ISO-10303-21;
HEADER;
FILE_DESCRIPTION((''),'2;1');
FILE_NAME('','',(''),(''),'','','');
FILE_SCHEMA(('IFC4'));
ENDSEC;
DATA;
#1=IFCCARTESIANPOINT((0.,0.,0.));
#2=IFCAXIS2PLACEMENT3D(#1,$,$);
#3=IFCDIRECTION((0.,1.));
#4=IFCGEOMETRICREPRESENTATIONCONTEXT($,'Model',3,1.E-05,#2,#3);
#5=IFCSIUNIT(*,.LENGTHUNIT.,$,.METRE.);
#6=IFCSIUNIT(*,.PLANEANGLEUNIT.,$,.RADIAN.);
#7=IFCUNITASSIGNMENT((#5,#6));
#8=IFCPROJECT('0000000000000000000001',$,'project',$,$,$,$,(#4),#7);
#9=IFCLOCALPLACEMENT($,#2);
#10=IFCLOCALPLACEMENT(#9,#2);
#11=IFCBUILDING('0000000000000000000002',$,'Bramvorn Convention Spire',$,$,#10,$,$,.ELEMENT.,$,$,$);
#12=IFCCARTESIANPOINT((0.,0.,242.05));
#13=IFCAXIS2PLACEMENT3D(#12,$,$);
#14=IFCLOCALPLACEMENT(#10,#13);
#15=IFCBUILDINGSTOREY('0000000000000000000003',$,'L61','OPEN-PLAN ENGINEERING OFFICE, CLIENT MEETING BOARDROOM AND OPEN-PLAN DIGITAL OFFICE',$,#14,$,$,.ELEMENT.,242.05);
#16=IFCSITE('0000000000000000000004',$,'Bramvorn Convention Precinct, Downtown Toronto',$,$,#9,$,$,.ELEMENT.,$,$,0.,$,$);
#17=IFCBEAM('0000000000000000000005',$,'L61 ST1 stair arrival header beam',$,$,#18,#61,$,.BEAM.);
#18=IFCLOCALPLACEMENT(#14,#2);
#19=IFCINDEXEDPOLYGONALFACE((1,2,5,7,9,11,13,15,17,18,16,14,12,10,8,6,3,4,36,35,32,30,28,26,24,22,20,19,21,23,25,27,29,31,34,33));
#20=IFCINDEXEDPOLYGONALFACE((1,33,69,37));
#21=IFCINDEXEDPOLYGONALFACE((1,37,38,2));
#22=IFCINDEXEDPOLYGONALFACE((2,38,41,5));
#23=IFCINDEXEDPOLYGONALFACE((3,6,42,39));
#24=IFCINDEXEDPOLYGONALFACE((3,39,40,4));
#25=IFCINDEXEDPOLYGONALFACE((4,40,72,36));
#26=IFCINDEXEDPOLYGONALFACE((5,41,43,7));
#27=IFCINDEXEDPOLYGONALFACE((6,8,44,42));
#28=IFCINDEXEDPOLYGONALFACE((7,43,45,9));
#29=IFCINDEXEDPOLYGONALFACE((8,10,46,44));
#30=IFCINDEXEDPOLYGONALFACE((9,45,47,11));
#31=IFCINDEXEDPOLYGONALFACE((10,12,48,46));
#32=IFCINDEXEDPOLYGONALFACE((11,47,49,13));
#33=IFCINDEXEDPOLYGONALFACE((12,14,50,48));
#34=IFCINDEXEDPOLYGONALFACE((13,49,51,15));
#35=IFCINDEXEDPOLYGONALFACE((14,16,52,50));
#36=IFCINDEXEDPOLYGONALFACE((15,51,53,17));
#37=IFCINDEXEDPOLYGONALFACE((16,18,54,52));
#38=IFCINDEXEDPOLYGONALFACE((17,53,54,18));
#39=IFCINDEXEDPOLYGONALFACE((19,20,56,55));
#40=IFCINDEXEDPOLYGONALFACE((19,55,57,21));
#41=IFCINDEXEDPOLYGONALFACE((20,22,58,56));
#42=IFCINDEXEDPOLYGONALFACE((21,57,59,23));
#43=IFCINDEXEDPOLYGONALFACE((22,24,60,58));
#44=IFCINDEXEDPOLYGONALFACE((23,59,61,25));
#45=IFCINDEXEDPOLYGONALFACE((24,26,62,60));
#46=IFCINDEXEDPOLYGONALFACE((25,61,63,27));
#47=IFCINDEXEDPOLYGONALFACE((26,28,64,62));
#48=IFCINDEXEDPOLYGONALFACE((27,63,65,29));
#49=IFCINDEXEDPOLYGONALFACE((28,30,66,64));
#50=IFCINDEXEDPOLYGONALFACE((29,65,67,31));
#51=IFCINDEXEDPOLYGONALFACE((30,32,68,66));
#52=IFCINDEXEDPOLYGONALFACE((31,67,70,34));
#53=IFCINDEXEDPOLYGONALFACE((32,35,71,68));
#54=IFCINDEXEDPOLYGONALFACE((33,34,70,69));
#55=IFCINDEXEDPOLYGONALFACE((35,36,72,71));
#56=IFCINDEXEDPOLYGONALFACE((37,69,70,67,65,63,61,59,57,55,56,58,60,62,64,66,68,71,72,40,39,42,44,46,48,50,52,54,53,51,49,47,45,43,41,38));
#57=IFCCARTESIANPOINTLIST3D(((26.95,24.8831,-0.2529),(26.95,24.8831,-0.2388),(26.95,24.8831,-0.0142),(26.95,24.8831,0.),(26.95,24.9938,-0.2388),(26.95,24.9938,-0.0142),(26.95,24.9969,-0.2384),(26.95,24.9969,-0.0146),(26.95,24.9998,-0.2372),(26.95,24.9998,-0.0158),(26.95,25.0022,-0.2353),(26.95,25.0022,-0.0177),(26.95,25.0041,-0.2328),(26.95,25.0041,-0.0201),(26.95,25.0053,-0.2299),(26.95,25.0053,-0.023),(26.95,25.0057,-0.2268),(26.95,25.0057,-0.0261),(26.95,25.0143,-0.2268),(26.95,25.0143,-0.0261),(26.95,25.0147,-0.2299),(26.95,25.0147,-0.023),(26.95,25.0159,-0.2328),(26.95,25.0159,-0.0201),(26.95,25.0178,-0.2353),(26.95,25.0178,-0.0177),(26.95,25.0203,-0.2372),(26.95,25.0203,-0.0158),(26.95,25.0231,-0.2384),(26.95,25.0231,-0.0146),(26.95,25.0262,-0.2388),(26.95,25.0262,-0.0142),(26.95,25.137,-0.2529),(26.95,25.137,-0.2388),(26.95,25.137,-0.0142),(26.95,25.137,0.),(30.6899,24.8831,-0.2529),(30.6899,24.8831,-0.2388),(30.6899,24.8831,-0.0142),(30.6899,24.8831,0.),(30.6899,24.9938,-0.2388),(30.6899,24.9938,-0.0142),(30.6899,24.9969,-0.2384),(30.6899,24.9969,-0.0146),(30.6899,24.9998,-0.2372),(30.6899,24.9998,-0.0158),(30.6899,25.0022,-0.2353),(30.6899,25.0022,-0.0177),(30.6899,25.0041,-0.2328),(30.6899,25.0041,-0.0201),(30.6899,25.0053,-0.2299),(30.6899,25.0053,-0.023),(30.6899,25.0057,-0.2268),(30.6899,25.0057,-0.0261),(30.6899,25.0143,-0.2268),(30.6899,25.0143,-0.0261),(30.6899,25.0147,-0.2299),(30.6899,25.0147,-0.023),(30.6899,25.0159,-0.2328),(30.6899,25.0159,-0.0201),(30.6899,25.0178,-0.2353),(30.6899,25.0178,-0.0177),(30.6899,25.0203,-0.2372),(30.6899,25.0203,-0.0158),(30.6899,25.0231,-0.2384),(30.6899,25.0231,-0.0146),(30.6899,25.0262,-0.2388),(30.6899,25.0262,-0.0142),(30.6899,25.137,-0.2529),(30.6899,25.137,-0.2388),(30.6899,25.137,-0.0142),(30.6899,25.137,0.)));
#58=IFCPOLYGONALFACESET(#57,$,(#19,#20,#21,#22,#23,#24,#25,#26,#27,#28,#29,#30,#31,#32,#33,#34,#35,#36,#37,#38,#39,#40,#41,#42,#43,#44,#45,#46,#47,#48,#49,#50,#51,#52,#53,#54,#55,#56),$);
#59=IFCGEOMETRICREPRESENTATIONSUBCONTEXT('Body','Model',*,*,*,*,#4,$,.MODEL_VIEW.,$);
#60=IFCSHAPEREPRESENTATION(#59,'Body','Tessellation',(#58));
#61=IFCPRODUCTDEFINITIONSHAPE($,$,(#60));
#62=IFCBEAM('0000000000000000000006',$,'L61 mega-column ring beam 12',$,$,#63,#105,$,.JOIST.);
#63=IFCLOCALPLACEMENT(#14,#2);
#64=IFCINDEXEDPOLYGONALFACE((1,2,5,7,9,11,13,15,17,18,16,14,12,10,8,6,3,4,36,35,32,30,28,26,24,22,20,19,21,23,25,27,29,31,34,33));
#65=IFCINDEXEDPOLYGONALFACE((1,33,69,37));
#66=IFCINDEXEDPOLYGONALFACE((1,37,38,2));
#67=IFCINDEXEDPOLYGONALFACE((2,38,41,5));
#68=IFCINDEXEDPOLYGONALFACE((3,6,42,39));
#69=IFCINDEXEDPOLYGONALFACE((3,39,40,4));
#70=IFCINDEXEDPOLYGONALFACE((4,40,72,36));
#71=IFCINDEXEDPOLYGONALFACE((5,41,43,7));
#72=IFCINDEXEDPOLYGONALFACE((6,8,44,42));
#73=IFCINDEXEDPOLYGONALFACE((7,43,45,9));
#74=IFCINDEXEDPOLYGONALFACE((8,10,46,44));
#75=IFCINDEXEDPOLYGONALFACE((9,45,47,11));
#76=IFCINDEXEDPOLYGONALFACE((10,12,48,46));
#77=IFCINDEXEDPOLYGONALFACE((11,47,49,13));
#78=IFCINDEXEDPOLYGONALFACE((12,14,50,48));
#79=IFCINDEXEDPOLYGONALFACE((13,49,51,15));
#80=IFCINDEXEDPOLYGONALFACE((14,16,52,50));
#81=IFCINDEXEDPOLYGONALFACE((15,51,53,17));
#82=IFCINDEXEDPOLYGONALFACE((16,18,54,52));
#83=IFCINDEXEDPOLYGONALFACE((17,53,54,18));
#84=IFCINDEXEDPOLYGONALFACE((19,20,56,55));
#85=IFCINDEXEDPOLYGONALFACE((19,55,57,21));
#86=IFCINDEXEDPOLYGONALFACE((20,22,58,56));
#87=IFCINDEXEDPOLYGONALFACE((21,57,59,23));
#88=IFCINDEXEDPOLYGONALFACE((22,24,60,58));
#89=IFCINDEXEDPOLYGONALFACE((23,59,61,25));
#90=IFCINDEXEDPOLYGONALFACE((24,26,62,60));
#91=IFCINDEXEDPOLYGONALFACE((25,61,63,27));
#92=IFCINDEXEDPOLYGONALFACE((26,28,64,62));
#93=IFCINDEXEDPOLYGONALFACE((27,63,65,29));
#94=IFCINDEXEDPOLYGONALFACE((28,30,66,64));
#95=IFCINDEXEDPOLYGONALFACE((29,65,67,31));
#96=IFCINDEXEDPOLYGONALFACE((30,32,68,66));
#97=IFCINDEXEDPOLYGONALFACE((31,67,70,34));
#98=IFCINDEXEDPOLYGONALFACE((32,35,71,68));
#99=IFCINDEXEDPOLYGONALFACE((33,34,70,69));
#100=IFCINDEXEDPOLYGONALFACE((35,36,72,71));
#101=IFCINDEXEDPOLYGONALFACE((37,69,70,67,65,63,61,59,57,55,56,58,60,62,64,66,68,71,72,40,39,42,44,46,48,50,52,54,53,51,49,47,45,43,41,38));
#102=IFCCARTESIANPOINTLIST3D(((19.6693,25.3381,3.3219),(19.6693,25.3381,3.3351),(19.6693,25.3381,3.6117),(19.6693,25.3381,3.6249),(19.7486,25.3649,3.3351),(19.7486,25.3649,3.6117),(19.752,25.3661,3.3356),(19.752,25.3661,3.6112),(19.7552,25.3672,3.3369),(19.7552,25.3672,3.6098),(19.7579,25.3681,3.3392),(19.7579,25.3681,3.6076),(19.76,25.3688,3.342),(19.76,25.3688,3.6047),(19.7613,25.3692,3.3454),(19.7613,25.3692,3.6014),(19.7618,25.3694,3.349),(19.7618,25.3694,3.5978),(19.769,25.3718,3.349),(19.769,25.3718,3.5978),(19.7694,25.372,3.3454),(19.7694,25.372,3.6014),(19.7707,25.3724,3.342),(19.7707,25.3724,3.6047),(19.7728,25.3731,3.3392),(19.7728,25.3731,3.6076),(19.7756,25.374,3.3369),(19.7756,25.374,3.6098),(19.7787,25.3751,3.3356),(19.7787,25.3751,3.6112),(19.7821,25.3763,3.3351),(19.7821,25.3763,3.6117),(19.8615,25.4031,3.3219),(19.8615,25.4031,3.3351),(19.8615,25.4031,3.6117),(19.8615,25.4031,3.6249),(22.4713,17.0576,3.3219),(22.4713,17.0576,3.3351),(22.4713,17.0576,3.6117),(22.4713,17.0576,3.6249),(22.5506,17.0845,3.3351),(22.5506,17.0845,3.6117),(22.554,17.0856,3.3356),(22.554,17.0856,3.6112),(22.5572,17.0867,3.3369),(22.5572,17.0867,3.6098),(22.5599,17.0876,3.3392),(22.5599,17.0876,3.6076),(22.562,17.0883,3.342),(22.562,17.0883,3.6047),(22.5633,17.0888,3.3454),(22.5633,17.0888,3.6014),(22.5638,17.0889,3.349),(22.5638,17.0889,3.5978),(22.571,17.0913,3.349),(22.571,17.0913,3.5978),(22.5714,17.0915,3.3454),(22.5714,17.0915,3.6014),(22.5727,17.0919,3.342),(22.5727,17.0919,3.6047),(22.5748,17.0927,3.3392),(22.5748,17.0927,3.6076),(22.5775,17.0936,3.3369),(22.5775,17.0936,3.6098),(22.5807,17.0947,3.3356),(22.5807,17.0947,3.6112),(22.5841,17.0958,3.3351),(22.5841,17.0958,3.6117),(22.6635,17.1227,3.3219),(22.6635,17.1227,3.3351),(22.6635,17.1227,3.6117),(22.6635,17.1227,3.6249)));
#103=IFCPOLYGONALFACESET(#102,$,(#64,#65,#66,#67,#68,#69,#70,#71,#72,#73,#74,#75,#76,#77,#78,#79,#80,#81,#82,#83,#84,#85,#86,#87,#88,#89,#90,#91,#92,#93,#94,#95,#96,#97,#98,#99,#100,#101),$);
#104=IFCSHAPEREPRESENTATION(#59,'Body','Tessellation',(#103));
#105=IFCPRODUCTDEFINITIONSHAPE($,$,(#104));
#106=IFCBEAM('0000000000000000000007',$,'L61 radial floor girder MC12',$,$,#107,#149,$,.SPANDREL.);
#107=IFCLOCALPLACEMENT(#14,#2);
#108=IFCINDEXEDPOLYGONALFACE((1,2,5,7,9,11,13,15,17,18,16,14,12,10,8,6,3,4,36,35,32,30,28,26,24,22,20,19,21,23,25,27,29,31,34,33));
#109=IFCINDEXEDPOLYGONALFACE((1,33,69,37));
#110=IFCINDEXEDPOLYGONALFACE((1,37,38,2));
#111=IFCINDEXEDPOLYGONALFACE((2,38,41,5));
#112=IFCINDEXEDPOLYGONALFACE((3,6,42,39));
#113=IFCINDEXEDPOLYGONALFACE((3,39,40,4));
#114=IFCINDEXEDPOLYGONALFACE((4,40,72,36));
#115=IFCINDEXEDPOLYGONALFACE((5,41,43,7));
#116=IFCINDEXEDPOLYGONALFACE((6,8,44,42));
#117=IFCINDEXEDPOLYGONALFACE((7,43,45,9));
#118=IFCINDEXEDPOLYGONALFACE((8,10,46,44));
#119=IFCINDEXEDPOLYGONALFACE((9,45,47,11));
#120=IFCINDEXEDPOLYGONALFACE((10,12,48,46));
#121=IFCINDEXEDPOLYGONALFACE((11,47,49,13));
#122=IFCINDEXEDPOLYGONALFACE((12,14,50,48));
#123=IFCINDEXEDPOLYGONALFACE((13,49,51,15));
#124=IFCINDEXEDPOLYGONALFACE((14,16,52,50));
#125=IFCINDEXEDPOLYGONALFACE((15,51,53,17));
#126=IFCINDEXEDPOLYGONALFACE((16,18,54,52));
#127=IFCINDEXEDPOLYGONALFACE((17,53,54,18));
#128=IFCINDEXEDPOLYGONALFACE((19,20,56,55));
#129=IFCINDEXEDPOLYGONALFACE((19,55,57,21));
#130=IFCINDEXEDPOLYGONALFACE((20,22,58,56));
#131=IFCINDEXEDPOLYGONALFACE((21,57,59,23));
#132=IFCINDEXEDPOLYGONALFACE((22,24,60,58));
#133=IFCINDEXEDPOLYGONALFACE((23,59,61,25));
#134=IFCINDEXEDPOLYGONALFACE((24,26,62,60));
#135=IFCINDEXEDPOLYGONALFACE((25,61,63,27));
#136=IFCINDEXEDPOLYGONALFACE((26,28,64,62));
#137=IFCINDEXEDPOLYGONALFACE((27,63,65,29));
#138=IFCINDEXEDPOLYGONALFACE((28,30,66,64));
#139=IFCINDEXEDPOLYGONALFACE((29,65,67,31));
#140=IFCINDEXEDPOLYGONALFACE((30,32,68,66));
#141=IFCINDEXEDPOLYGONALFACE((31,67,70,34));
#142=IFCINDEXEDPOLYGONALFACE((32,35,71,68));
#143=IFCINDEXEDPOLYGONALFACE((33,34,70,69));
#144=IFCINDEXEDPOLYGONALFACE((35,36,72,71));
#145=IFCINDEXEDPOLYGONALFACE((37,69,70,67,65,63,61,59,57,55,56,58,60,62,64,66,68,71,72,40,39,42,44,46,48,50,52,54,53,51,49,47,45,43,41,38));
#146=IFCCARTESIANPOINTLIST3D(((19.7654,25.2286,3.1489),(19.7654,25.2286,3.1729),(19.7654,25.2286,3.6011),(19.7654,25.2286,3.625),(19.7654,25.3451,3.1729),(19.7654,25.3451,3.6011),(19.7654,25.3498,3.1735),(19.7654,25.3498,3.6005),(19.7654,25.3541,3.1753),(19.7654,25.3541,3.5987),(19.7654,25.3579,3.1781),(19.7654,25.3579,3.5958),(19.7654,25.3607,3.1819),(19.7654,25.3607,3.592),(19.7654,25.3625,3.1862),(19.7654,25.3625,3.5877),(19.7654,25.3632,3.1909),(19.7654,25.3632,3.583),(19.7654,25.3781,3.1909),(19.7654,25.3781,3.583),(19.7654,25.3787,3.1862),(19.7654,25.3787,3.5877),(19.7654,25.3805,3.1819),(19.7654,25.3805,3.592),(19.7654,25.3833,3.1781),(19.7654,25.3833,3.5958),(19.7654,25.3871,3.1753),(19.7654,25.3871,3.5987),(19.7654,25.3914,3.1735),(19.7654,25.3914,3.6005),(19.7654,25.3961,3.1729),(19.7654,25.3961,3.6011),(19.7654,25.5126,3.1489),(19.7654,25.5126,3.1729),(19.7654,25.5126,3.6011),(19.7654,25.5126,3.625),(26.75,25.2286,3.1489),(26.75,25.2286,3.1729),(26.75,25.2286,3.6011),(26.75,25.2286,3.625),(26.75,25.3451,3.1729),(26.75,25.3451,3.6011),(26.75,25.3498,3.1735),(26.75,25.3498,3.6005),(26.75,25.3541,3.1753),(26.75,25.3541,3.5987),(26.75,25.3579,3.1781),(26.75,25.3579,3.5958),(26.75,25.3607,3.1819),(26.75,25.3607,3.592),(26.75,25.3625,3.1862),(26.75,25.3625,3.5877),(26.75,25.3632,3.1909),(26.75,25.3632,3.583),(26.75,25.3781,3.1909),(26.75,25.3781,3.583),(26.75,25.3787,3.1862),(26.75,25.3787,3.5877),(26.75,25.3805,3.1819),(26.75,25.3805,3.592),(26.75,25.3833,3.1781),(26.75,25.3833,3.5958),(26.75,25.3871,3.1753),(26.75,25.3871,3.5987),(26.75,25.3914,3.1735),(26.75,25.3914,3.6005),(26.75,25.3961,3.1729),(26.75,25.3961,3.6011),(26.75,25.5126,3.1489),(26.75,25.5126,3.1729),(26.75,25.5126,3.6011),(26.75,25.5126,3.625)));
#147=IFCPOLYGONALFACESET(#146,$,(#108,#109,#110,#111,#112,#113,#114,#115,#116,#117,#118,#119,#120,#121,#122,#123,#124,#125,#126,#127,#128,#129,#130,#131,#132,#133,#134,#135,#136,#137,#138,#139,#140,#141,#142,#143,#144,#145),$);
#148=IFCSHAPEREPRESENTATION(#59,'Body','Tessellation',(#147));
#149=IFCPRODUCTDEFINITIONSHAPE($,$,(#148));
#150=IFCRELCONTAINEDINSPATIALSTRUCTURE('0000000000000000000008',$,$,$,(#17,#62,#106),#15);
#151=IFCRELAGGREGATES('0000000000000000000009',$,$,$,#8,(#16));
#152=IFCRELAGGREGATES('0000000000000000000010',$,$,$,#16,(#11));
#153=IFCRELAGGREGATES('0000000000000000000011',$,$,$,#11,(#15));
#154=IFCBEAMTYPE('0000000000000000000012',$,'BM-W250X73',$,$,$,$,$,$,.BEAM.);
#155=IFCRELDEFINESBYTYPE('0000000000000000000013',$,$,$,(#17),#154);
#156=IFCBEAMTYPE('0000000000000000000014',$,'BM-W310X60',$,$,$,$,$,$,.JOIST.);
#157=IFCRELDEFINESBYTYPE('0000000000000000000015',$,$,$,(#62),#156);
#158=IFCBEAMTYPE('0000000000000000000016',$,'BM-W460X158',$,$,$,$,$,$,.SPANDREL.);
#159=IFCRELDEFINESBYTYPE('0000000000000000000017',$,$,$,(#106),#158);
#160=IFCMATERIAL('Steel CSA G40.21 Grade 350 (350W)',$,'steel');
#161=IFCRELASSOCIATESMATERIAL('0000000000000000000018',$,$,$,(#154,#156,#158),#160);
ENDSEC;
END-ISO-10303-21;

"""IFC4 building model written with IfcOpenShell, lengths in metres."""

from ifc_helpers import new_model, si_unit, direction, frame, origin, origin_2d, place, context, subcontext, project, spatial, i_section, extrude, material, material_profile, profile_set, type_object, element, save


model = new_model("IFC4")

# Units and contexts
model_context = context("Model", 3, precision=1e-05, world=origin(), true_north=direction((0.0, 1.0)))
body_context = subcontext(model_context, "Body", "Model", "MODEL_VIEW")
ifc_project = project(units=[si_unit("LENGTHUNIT", "METRE"), si_unit("PLANEANGLEUNIT", "RADIAN")], contexts=[model_context])

# Site, building, storey
site_placement = place(None, origin())
site = spatial("IfcSite", under=ifc_project, at=site_placement, Name="Bramvorn Convention Precinct, Downtown Toronto", CompositionType="ELEMENT", RefElevation=0.0)
building_placement = place(site_placement, origin())
building = spatial("IfcBuilding", under=site, at=building_placement, Name="Bramvorn Convention Spire", CompositionType="ELEMENT")
storey_placement = place(building_placement, frame((0.0, 0.0, 242.05)))
storey = spatial("IfcBuildingStorey", under=building, at=storey_placement, Name="L61", Description="OPEN-PLAN ENGINEERING OFFICE, CLIENT MEETING BOARDROOM AND OPEN-PLAN DIGITAL OFFICE", CompositionType="ELEMENT", Elevation=242.05)

# Shared definitions
ifc_material_1 = material(Name="Steel CSA G40.21 Grade 350 (350W)", Category="steel")

# Beams
ifc_material_profile_1 = material_profile(ifc_material_1, i_section(OverallWidth=0.2539, OverallDepth=0.2529, WebThickness=0.0085, FlangeThickness=0.0142, FilletRadius=0.012, at=origin_2d()))
ifc_profile_set_1 = profile_set([ifc_material_profile_1], Name="Steel CSA G40.21 Grade 350 (350W) - W250X73")
beam_type_1 = type_object("IfcBeamType", Name="BM-W250X73", PredefinedType="BEAM", material=ifc_profile_set_1)
beam_1_placement = place(storey_placement, frame((26.95, 25.01, -0.1265), z_axis=(1.0, 0.0, 0.0), x_axis=(0.0, 1.0, 0.0)))
element("IfcBeam", 1, at=beam_1_placement, inside=storey, type_object=beam_type_1, Name="L61 ST1 stair arrival header beam", PredefinedType="BEAM", context=body_context, shape_type="SweptSolid", body=[
    extrude(i_section(OverallWidth=0.2539, OverallDepth=0.2529, WebThickness=0.0085, FlangeThickness=0.0142, FilletRadius=0.012, at=origin_2d()), origin(), (0.0, 0.0, 1.0), 3.74),
])
ifc_material_profile_2 = material_profile(ifc_material_1, i_section(OverallWidth=0.2029, OverallDepth=0.303, WebThickness=0.0076, FlangeThickness=0.0132, FilletRadius=0.0139, at=origin_2d()))
ifc_profile_set_2 = profile_set([ifc_material_profile_2], Name="Steel CSA G40.21 Grade 350 (350W) - W310X60")
beam_type_2 = type_object("IfcBeamType", Name="BM-W310X60", PredefinedType="JOIST", material=ifc_profile_set_2)
beam_2_placement = place(storey_placement, frame((19.7654, 25.3706, 3.4734), z_axis=(0.320531, -0.947238, 0.0), x_axis=(0.947238, 0.320531, 0.0)))
element("IfcBeam", 2, at=beam_2_placement, inside=storey, type_object=beam_type_2, Name="L61 mega-column ring beam 12", PredefinedType="JOIST", context=body_context, shape_type="SweptSolid", body=[
    extrude(i_section(OverallWidth=0.2029, OverallDepth=0.303, WebThickness=0.0076, FlangeThickness=0.0132, FilletRadius=0.0139, at=origin_2d()), origin(), (0.0, 0.0, 1.0), 8.7417),
])
ifc_material_profile_3 = material_profile(ifc_material_1, i_section(OverallWidth=0.2839, OverallDepth=0.4761, WebThickness=0.0149, FlangeThickness=0.0239, FilletRadius=0.0181, at=origin_2d()))
ifc_profile_set_3 = profile_set([ifc_material_profile_3], Name="Steel CSA G40.21 Grade 350 (350W) - W460X158")
beam_type_3 = type_object("IfcBeamType", Name="BM-W460X158", PredefinedType="SPANDREL", material=ifc_profile_set_3)
beam_3_placement = place(storey_placement, frame((26.75, 25.3706, 3.387), z_axis=(-1.0, 0.0, 0.0), x_axis=(0.0, -1.0, 0.0)))
element("IfcBeam", 3, at=beam_3_placement, inside=storey, type_object=beam_type_3, Name="L61 radial floor girder MC12", PredefinedType="SPANDREL", context=body_context, shape_type="SweptSolid", body=[
    extrude(i_section(OverallWidth=0.2839, OverallDepth=0.4761, WebThickness=0.0149, FlangeThickness=0.0239, FilletRadius=0.0181, at=origin_2d()), origin(), (0.0, 0.0, 1.0), 6.9846),
])

save(model, "model.ifc")
